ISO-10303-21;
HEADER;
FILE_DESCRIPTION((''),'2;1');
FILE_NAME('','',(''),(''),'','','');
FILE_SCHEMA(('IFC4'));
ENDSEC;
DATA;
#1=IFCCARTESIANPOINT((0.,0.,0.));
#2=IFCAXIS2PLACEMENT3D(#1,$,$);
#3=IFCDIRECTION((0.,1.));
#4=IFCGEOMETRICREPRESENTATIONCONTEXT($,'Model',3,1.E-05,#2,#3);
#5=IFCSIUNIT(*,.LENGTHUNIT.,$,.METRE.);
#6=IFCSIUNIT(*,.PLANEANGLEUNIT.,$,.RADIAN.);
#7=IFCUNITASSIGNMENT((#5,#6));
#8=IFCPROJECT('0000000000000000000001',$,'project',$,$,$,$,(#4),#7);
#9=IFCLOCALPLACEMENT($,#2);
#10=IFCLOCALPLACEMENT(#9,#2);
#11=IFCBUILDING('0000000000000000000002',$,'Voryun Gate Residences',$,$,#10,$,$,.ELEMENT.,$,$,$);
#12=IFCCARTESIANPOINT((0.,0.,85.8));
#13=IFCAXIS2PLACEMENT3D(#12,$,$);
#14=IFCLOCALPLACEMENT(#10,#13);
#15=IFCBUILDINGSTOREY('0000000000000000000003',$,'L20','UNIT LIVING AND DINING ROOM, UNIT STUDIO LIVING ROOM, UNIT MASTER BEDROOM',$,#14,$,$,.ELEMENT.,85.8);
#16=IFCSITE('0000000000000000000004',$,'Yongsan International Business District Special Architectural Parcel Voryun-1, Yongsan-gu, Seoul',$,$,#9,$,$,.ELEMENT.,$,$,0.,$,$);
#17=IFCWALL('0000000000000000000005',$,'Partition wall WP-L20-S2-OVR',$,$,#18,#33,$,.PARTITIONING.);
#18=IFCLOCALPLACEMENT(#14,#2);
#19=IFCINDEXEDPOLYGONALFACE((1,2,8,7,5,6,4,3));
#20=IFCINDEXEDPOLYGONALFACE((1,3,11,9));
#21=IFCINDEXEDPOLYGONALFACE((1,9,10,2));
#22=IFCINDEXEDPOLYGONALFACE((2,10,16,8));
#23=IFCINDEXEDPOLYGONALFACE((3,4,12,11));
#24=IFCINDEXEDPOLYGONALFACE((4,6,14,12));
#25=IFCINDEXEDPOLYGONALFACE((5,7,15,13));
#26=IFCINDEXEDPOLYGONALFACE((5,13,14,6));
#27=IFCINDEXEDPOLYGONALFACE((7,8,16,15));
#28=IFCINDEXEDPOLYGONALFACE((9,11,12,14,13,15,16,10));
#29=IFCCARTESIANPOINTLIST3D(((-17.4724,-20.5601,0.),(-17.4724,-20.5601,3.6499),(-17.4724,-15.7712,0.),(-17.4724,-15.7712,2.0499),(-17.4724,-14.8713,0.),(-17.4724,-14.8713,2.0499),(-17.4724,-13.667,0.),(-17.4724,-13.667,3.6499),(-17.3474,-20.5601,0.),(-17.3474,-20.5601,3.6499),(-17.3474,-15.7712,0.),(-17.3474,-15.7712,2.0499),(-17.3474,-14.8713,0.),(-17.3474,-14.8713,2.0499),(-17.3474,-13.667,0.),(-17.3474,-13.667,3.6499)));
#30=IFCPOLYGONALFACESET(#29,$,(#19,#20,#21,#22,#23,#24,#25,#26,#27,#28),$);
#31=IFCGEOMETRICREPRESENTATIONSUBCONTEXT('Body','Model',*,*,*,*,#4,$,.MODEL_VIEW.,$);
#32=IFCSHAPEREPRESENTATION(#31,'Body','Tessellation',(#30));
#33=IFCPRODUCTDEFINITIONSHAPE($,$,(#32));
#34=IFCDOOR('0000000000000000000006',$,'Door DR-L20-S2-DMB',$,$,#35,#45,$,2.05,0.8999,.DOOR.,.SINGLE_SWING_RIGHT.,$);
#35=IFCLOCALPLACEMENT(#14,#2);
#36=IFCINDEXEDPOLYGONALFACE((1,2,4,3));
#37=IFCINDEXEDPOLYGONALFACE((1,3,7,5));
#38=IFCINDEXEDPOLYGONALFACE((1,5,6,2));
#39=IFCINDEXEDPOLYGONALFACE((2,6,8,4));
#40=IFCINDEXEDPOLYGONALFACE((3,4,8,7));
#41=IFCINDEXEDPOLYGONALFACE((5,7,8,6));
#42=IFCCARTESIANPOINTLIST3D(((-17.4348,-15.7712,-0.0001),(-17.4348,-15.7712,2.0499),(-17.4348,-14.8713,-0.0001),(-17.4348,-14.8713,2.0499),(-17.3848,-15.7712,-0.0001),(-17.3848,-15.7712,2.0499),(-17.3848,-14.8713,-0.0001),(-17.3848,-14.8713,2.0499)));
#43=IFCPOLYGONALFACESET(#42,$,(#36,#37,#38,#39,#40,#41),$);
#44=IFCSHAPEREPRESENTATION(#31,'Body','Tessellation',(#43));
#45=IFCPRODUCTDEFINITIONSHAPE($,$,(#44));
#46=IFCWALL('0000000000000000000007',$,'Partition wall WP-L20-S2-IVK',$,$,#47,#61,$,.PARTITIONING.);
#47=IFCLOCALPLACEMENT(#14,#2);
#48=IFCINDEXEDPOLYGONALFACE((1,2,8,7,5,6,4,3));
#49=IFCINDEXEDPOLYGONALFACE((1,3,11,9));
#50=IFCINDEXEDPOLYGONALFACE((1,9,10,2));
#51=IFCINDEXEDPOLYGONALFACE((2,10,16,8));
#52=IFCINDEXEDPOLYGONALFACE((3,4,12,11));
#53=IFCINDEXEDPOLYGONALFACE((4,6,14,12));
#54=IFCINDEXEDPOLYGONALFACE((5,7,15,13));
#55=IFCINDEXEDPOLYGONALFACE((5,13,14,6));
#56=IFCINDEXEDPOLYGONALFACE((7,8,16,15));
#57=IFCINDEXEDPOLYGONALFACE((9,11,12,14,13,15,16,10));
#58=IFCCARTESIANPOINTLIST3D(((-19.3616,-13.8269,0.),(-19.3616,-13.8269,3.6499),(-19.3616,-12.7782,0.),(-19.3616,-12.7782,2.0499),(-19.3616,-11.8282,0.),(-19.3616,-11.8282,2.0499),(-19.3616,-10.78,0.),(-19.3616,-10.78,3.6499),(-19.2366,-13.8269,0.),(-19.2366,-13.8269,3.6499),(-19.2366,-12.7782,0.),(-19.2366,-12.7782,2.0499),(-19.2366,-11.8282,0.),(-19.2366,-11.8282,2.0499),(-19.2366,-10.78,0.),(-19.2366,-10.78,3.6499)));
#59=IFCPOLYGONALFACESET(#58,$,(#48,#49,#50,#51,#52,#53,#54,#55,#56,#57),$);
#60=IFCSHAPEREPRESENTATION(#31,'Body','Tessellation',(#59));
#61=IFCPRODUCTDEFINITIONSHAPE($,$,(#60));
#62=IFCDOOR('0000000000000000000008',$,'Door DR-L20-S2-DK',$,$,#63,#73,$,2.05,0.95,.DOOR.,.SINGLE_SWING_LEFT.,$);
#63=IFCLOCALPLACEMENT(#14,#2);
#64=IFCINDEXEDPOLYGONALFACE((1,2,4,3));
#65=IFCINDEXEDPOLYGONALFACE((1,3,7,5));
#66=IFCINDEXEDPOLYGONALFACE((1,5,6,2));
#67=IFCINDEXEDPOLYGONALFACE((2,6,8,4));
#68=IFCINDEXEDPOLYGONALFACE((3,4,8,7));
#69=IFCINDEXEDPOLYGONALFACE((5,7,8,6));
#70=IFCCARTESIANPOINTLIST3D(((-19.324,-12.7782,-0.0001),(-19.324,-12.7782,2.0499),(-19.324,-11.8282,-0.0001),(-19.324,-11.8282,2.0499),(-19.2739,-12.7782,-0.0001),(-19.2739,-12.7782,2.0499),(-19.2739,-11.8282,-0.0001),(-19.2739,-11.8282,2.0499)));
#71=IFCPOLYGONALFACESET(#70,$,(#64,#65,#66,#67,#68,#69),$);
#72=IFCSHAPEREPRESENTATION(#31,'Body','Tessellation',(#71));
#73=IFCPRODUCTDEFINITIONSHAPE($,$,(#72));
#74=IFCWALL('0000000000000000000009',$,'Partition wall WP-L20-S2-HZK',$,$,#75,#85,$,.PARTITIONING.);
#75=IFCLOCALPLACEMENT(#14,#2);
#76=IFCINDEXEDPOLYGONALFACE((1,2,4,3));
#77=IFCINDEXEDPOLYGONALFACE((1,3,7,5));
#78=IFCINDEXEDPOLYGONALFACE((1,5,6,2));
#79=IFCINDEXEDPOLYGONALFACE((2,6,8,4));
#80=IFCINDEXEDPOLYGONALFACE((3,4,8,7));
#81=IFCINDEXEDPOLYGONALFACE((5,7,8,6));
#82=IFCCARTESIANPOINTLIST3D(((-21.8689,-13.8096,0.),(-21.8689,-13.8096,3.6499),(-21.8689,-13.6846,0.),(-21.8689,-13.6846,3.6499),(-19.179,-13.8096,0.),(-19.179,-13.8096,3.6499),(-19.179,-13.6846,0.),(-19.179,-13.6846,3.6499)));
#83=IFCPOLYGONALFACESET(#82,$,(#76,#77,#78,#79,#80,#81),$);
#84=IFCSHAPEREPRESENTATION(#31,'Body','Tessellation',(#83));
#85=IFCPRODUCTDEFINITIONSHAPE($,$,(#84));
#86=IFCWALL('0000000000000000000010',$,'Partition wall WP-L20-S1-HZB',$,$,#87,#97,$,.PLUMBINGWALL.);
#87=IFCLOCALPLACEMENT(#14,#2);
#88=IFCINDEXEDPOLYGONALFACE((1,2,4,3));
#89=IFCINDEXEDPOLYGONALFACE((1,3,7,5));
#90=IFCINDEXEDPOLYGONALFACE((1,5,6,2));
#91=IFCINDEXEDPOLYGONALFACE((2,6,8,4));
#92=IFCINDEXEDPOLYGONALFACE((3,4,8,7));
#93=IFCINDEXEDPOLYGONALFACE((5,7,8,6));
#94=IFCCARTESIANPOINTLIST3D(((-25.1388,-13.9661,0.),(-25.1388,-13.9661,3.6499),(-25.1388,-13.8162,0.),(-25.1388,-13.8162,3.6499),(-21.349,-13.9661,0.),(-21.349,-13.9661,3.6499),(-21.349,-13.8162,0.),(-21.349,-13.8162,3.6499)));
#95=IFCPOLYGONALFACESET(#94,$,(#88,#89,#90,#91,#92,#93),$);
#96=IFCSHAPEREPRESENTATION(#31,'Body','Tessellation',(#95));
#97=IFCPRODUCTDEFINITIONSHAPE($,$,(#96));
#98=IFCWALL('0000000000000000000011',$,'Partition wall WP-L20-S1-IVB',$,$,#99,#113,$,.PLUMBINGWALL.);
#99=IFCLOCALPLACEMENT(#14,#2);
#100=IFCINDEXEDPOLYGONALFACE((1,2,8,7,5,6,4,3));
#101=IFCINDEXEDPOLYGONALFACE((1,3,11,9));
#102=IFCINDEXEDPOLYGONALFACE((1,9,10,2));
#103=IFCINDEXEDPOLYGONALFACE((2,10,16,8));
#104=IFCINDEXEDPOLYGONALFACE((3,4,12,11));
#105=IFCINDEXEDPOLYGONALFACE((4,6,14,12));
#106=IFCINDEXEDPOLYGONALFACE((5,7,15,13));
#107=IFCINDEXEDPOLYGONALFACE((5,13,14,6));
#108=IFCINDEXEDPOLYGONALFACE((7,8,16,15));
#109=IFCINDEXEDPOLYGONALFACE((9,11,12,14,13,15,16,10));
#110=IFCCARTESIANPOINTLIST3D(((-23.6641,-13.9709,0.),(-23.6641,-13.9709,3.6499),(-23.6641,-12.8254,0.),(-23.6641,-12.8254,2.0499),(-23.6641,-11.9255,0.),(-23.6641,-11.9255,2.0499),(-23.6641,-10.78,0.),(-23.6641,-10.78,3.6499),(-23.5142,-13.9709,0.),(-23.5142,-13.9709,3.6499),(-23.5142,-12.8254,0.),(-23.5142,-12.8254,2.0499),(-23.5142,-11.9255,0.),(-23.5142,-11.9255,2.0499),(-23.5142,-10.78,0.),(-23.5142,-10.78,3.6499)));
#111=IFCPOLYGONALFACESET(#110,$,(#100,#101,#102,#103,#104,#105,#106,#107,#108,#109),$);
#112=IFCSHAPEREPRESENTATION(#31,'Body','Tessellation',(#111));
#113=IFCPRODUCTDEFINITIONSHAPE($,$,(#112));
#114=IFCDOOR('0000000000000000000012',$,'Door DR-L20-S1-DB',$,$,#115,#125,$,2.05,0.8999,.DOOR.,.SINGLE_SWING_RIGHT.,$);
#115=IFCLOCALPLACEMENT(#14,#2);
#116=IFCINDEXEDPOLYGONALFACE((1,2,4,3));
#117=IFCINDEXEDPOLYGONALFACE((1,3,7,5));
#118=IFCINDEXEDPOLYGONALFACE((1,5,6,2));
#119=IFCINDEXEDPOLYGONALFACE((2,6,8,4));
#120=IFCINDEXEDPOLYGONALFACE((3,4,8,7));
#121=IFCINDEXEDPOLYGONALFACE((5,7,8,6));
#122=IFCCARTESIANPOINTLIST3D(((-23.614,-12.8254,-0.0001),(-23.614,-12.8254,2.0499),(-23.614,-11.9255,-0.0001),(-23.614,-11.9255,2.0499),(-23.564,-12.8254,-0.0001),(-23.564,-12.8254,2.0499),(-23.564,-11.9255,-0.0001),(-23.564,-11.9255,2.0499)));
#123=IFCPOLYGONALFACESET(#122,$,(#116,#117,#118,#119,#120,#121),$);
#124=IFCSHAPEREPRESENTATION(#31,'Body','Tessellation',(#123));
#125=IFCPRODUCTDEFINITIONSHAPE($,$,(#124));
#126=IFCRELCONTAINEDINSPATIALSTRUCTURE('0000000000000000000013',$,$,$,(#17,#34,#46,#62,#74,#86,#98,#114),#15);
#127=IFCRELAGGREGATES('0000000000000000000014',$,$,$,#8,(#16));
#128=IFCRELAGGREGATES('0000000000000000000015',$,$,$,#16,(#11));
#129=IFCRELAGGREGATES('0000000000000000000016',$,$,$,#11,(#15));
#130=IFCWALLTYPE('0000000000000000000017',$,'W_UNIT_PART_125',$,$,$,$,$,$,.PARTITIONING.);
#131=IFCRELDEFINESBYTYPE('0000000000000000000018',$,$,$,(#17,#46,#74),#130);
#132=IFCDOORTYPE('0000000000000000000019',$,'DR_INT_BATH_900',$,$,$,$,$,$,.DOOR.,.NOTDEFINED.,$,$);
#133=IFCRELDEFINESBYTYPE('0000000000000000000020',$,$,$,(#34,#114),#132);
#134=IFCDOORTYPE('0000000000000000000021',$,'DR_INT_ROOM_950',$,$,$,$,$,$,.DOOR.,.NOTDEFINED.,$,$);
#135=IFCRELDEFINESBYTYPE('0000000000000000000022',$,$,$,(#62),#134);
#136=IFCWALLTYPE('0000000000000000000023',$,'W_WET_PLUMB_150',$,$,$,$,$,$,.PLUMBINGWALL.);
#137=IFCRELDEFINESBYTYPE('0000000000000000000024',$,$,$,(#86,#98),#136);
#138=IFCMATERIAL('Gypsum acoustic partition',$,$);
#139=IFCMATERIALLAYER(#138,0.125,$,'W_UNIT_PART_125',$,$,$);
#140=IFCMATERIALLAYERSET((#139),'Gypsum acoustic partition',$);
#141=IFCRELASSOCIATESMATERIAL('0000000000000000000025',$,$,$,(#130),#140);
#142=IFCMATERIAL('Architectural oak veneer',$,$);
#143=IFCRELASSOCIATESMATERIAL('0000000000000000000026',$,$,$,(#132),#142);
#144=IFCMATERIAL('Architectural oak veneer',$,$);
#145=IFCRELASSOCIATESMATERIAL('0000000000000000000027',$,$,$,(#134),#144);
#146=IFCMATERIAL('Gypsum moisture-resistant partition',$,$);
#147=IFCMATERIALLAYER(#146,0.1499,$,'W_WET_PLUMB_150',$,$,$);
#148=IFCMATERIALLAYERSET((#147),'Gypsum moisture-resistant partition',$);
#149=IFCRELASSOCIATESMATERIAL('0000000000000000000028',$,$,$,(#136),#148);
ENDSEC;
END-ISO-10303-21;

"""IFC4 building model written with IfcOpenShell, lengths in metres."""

from ifc_helpers import new_model, si_unit, direction, frame, frame_2d, origin, place, context, subcontext, project, spatial, rectangle, extrude, material, layer, layer_set, type_object, element, fill, save


model = new_model("IFC4")

# Units and contexts
model_context = context("Model", 3, precision=1e-05, world=origin(), true_north=direction((0.0, 1.0)))
body_context = subcontext(model_context, "Body", "Model", "MODEL_VIEW")
ifc_project = project(units=[si_unit("LENGTHUNIT", "METRE"), si_unit("PLANEANGLEUNIT", "RADIAN")], contexts=[model_context])

# Site, building, storey
site_placement = place(None, origin())
site = spatial("IfcSite", under=ifc_project, at=site_placement, Name="Yongsan International Business District Special Architectural Parcel Voryun-1, Yongsan-gu, Seoul", CompositionType="ELEMENT", RefElevation=0.0)
building_placement = place(site_placement, origin())
building = spatial("IfcBuilding", under=site, at=building_placement, Name="Voryun Gate Residences", CompositionType="ELEMENT")
storey_placement = place(building_placement, frame((0.0, 0.0, 85.8)))
storey = spatial("IfcBuildingStorey", under=building, at=storey_placement, Name="L20", Description="UNIT LIVING AND DINING ROOM, UNIT STUDIO LIVING ROOM, UNIT MASTER BEDROOM", CompositionType="ELEMENT", Elevation=85.8)

# Walls, openings, doors
ifc_material_1 = material(Name="Gypsum acoustic partition")
ifc_layer_1 = layer(ifc_material_1, 0.125, Name="W_UNIT_PART_125")
ifc_layer_set_1 = layer_set([ifc_layer_1], Name="Gypsum acoustic partition")
wall_type_1 = type_object("IfcWallType", Name="W_UNIT_PART_125", PredefinedType="PARTITIONING", material=ifc_layer_set_1)
ifc_material_2 = material(Name="Architectural oak veneer")
door_type_1 = type_object("IfcDoorType", Name="DR_INT_BATH_900", OperationType="NOTDEFINED", PredefinedType="DOOR", material=ifc_material_2)
wall_1_placement = place(storey_placement, frame((-17.4099, -20.5601, 0.0), z_axis=(0.0, 0.0, 1.0), x_axis=(0.0, 1.0, 0.0)))
wall_1 = element("IfcWall", 1, at=wall_1_placement, inside=storey, type_object=wall_type_1, Name="Partition wall WP-L20-S2-OVR", PredefinedType="PARTITIONING", context=body_context, shape_type="SweptSolid", body=[
    extrude(rectangle(XDim=6.8931, YDim=0.125, at=frame_2d((3.4465, 0.0))), origin(), (0.0, 0.0, 1.0), 3.6499),
])
opening_1_placement = place(wall_1_placement, frame((4.7888, 0.0, 0.0)))
opening_1 = element("IfcOpeningElement", 2, at=opening_1_placement, cuts=wall_1, PredefinedType="OPENING", context=body_context, shape_type="SweptSolid", body=[
    extrude(rectangle(XDim=0.8999, YDim=2.05, at=frame_2d((0.45, 1.0249))), frame((0.0, 0.0725, 0.0), z_axis=(0.0, -1.0, 0.0), x_axis=(1.0, 0.0, 0.0)), (0.0, 0.0, 1.0), 0.145),
])
door_1_placement = place(opening_1_placement, origin())
door_1 = element("IfcDoor", 3, at=door_1_placement, inside=storey, type_object=door_type_1, Name="Door DR-L20-S2-DMB", OperationType="SINGLE_SWING_RIGHT", OverallHeight=2.05, OverallWidth=0.8999, PredefinedType="DOOR", context=body_context, shape_type="SweptSolid", body=[
    extrude(rectangle(XDim=0.8999, YDim=2.05, at=frame_2d((0.45, 1.0249))), frame((0.0, 0.0249, 0.0), z_axis=(0.0, -1.0, 0.0), x_axis=(1.0, 0.0, 0.0)), (0.0, 0.0, 1.0), 0.05),
])
fill(opening_1, door_1)
wall_2_placement = place(storey_placement, frame((-19.2991, -13.8269, 0.0), z_axis=(0.0, 0.0, 1.0), x_axis=(0.0, 1.0, 0.0)))
wall_2 = element("IfcWall", 4, at=wall_2_placement, inside=storey, type_object=wall_type_1, Name="Partition wall WP-L20-S2-IVK", PredefinedType="PARTITIONING", context=body_context, shape_type="SweptSolid", body=[
    extrude(rectangle(XDim=3.0469, YDim=0.125, at=frame_2d((1.5234, 0.0))), origin(), (0.0, 0.0, 1.0), 3.6499),
])
opening_2_placement = place(wall_2_placement, frame((1.0486, 0.0, 0.0)))
opening_2 = element("IfcOpeningElement", 5, at=opening_2_placement, cuts=wall_2, PredefinedType="OPENING", context=body_context, shape_type="SweptSolid", body=[
    extrude(rectangle(XDim=0.95, YDim=2.05, at=frame_2d((0.4751, 1.0249))), frame((0.0, 0.0725, 0.0), z_axis=(0.0, -1.0, 0.0), x_axis=(1.0, 0.0, 0.0)), (0.0, 0.0, 1.0), 0.145),
])
ifc_material_3 = material(Name="Architectural oak veneer")
door_type_2 = type_object("IfcDoorType", Name="DR_INT_ROOM_950", OperationType="NOTDEFINED", PredefinedType="DOOR", material=ifc_material_3)
door_2_placement = place(opening_2_placement, origin())
door_2 = element("IfcDoor", 6, at=door_2_placement, inside=storey, type_object=door_type_2, Name="Door DR-L20-S2-DK", OperationType="SINGLE_SWING_LEFT", OverallHeight=2.05, OverallWidth=0.95, PredefinedType="DOOR", context=body_context, shape_type="SweptSolid", body=[
    extrude(rectangle(XDim=0.95, YDim=2.05, at=frame_2d((0.4751, 1.0249))), frame((0.0, 0.0249, 0.0), z_axis=(0.0, -1.0, 0.0), x_axis=(1.0, 0.0, 0.0)), (0.0, 0.0, 1.0), 0.05),
])
fill(opening_2, door_2)

# Walls
wall_3_placement = place(storey_placement, frame((-21.8689, -13.7471, 0.0), z_axis=(0.0, 0.0, 1.0), x_axis=(1.0, 0.0, 0.0)))
element("IfcWall", 7, at=wall_3_placement, inside=storey, type_object=wall_type_1, Name="Partition wall WP-L20-S2-HZK", PredefinedType="PARTITIONING", context=body_context, shape_type="SweptSolid", body=[
    extrude(rectangle(XDim=2.6899, YDim=0.125, at=frame_2d((1.345, 0.0))), origin(), (0.0, 0.0, 1.0), 3.6499),
])
ifc_material_4 = material(Name="Gypsum moisture-resistant partition")
ifc_layer_2 = layer(ifc_material_4, 0.1499, Name="W_WET_PLUMB_150")
ifc_layer_set_2 = layer_set([ifc_layer_2], Name="Gypsum moisture-resistant partition")
wall_type_2 = type_object("IfcWallType", Name="W_WET_PLUMB_150", PredefinedType="PLUMBINGWALL", material=ifc_layer_set_2)
wall_4_placement = place(storey_placement, frame((-25.1389, -13.8911, 0.0), z_axis=(0.0, 0.0, 1.0), x_axis=(1.0, 0.0, 0.0)))
element("IfcWall", 8, at=wall_4_placement, inside=storey, type_object=wall_type_2, Name="Partition wall WP-L20-S1-HZB", PredefinedType="PLUMBINGWALL", context=body_context, shape_type="SweptSolid", body=[
    extrude(rectangle(XDim=3.7898, YDim=0.1499, at=frame_2d((1.895, 0.0))), origin(), (0.0, 0.0, 1.0), 3.6499),
])

# Wall, opening, door
wall_5_placement = place(storey_placement, frame((-23.5891, -13.9709, 0.0), z_axis=(0.0, 0.0, 1.0), x_axis=(0.0, 1.0, 0.0)))
wall_5 = element("IfcWall", 9, at=wall_5_placement, inside=storey, type_object=wall_type_2, Name="Partition wall WP-L20-S1-IVB", PredefinedType="PLUMBINGWALL", context=body_context, shape_type="SweptSolid", body=[
    extrude(rectangle(XDim=3.1909, YDim=0.1499, at=frame_2d((1.5955, 0.0))), origin(), (0.0, 0.0, 1.0), 3.6499),
])
opening_3_placement = place(wall_5_placement, frame((1.1455, 0.0, 0.0)))
opening_3 = element("IfcOpeningElement", 10, at=opening_3_placement, cuts=wall_5, PredefinedType="OPENING", context=body_context, shape_type="SweptSolid", body=[
    extrude(rectangle(XDim=0.8999, YDim=2.05, at=frame_2d((0.45, 1.0249))), frame((0.0, 0.085, 0.0), z_axis=(0.0, -1.0, 0.0), x_axis=(1.0, 0.0, 0.0)), (0.0, 0.0, 1.0), 0.1699),
])
door_3_placement = place(opening_3_placement, origin())
door_3 = element("IfcDoor", 11, at=door_3_placement, inside=storey, type_object=door_type_1, Name="Door DR-L20-S1-DB", OperationType="SINGLE_SWING_RIGHT", OverallHeight=2.05, OverallWidth=0.8999, PredefinedType="DOOR", context=body_context, shape_type="SweptSolid", body=[
    extrude(rectangle(XDim=0.8999, YDim=2.05, at=frame_2d((0.45, 1.0249))), frame((0.0, 0.0249, 0.0), z_axis=(0.0, -1.0, 0.0), x_axis=(1.0, 0.0, 0.0)), (0.0, 0.0, 1.0), 0.05),
])
fill(opening_3, door_3)

save(model, "model.ifc")
